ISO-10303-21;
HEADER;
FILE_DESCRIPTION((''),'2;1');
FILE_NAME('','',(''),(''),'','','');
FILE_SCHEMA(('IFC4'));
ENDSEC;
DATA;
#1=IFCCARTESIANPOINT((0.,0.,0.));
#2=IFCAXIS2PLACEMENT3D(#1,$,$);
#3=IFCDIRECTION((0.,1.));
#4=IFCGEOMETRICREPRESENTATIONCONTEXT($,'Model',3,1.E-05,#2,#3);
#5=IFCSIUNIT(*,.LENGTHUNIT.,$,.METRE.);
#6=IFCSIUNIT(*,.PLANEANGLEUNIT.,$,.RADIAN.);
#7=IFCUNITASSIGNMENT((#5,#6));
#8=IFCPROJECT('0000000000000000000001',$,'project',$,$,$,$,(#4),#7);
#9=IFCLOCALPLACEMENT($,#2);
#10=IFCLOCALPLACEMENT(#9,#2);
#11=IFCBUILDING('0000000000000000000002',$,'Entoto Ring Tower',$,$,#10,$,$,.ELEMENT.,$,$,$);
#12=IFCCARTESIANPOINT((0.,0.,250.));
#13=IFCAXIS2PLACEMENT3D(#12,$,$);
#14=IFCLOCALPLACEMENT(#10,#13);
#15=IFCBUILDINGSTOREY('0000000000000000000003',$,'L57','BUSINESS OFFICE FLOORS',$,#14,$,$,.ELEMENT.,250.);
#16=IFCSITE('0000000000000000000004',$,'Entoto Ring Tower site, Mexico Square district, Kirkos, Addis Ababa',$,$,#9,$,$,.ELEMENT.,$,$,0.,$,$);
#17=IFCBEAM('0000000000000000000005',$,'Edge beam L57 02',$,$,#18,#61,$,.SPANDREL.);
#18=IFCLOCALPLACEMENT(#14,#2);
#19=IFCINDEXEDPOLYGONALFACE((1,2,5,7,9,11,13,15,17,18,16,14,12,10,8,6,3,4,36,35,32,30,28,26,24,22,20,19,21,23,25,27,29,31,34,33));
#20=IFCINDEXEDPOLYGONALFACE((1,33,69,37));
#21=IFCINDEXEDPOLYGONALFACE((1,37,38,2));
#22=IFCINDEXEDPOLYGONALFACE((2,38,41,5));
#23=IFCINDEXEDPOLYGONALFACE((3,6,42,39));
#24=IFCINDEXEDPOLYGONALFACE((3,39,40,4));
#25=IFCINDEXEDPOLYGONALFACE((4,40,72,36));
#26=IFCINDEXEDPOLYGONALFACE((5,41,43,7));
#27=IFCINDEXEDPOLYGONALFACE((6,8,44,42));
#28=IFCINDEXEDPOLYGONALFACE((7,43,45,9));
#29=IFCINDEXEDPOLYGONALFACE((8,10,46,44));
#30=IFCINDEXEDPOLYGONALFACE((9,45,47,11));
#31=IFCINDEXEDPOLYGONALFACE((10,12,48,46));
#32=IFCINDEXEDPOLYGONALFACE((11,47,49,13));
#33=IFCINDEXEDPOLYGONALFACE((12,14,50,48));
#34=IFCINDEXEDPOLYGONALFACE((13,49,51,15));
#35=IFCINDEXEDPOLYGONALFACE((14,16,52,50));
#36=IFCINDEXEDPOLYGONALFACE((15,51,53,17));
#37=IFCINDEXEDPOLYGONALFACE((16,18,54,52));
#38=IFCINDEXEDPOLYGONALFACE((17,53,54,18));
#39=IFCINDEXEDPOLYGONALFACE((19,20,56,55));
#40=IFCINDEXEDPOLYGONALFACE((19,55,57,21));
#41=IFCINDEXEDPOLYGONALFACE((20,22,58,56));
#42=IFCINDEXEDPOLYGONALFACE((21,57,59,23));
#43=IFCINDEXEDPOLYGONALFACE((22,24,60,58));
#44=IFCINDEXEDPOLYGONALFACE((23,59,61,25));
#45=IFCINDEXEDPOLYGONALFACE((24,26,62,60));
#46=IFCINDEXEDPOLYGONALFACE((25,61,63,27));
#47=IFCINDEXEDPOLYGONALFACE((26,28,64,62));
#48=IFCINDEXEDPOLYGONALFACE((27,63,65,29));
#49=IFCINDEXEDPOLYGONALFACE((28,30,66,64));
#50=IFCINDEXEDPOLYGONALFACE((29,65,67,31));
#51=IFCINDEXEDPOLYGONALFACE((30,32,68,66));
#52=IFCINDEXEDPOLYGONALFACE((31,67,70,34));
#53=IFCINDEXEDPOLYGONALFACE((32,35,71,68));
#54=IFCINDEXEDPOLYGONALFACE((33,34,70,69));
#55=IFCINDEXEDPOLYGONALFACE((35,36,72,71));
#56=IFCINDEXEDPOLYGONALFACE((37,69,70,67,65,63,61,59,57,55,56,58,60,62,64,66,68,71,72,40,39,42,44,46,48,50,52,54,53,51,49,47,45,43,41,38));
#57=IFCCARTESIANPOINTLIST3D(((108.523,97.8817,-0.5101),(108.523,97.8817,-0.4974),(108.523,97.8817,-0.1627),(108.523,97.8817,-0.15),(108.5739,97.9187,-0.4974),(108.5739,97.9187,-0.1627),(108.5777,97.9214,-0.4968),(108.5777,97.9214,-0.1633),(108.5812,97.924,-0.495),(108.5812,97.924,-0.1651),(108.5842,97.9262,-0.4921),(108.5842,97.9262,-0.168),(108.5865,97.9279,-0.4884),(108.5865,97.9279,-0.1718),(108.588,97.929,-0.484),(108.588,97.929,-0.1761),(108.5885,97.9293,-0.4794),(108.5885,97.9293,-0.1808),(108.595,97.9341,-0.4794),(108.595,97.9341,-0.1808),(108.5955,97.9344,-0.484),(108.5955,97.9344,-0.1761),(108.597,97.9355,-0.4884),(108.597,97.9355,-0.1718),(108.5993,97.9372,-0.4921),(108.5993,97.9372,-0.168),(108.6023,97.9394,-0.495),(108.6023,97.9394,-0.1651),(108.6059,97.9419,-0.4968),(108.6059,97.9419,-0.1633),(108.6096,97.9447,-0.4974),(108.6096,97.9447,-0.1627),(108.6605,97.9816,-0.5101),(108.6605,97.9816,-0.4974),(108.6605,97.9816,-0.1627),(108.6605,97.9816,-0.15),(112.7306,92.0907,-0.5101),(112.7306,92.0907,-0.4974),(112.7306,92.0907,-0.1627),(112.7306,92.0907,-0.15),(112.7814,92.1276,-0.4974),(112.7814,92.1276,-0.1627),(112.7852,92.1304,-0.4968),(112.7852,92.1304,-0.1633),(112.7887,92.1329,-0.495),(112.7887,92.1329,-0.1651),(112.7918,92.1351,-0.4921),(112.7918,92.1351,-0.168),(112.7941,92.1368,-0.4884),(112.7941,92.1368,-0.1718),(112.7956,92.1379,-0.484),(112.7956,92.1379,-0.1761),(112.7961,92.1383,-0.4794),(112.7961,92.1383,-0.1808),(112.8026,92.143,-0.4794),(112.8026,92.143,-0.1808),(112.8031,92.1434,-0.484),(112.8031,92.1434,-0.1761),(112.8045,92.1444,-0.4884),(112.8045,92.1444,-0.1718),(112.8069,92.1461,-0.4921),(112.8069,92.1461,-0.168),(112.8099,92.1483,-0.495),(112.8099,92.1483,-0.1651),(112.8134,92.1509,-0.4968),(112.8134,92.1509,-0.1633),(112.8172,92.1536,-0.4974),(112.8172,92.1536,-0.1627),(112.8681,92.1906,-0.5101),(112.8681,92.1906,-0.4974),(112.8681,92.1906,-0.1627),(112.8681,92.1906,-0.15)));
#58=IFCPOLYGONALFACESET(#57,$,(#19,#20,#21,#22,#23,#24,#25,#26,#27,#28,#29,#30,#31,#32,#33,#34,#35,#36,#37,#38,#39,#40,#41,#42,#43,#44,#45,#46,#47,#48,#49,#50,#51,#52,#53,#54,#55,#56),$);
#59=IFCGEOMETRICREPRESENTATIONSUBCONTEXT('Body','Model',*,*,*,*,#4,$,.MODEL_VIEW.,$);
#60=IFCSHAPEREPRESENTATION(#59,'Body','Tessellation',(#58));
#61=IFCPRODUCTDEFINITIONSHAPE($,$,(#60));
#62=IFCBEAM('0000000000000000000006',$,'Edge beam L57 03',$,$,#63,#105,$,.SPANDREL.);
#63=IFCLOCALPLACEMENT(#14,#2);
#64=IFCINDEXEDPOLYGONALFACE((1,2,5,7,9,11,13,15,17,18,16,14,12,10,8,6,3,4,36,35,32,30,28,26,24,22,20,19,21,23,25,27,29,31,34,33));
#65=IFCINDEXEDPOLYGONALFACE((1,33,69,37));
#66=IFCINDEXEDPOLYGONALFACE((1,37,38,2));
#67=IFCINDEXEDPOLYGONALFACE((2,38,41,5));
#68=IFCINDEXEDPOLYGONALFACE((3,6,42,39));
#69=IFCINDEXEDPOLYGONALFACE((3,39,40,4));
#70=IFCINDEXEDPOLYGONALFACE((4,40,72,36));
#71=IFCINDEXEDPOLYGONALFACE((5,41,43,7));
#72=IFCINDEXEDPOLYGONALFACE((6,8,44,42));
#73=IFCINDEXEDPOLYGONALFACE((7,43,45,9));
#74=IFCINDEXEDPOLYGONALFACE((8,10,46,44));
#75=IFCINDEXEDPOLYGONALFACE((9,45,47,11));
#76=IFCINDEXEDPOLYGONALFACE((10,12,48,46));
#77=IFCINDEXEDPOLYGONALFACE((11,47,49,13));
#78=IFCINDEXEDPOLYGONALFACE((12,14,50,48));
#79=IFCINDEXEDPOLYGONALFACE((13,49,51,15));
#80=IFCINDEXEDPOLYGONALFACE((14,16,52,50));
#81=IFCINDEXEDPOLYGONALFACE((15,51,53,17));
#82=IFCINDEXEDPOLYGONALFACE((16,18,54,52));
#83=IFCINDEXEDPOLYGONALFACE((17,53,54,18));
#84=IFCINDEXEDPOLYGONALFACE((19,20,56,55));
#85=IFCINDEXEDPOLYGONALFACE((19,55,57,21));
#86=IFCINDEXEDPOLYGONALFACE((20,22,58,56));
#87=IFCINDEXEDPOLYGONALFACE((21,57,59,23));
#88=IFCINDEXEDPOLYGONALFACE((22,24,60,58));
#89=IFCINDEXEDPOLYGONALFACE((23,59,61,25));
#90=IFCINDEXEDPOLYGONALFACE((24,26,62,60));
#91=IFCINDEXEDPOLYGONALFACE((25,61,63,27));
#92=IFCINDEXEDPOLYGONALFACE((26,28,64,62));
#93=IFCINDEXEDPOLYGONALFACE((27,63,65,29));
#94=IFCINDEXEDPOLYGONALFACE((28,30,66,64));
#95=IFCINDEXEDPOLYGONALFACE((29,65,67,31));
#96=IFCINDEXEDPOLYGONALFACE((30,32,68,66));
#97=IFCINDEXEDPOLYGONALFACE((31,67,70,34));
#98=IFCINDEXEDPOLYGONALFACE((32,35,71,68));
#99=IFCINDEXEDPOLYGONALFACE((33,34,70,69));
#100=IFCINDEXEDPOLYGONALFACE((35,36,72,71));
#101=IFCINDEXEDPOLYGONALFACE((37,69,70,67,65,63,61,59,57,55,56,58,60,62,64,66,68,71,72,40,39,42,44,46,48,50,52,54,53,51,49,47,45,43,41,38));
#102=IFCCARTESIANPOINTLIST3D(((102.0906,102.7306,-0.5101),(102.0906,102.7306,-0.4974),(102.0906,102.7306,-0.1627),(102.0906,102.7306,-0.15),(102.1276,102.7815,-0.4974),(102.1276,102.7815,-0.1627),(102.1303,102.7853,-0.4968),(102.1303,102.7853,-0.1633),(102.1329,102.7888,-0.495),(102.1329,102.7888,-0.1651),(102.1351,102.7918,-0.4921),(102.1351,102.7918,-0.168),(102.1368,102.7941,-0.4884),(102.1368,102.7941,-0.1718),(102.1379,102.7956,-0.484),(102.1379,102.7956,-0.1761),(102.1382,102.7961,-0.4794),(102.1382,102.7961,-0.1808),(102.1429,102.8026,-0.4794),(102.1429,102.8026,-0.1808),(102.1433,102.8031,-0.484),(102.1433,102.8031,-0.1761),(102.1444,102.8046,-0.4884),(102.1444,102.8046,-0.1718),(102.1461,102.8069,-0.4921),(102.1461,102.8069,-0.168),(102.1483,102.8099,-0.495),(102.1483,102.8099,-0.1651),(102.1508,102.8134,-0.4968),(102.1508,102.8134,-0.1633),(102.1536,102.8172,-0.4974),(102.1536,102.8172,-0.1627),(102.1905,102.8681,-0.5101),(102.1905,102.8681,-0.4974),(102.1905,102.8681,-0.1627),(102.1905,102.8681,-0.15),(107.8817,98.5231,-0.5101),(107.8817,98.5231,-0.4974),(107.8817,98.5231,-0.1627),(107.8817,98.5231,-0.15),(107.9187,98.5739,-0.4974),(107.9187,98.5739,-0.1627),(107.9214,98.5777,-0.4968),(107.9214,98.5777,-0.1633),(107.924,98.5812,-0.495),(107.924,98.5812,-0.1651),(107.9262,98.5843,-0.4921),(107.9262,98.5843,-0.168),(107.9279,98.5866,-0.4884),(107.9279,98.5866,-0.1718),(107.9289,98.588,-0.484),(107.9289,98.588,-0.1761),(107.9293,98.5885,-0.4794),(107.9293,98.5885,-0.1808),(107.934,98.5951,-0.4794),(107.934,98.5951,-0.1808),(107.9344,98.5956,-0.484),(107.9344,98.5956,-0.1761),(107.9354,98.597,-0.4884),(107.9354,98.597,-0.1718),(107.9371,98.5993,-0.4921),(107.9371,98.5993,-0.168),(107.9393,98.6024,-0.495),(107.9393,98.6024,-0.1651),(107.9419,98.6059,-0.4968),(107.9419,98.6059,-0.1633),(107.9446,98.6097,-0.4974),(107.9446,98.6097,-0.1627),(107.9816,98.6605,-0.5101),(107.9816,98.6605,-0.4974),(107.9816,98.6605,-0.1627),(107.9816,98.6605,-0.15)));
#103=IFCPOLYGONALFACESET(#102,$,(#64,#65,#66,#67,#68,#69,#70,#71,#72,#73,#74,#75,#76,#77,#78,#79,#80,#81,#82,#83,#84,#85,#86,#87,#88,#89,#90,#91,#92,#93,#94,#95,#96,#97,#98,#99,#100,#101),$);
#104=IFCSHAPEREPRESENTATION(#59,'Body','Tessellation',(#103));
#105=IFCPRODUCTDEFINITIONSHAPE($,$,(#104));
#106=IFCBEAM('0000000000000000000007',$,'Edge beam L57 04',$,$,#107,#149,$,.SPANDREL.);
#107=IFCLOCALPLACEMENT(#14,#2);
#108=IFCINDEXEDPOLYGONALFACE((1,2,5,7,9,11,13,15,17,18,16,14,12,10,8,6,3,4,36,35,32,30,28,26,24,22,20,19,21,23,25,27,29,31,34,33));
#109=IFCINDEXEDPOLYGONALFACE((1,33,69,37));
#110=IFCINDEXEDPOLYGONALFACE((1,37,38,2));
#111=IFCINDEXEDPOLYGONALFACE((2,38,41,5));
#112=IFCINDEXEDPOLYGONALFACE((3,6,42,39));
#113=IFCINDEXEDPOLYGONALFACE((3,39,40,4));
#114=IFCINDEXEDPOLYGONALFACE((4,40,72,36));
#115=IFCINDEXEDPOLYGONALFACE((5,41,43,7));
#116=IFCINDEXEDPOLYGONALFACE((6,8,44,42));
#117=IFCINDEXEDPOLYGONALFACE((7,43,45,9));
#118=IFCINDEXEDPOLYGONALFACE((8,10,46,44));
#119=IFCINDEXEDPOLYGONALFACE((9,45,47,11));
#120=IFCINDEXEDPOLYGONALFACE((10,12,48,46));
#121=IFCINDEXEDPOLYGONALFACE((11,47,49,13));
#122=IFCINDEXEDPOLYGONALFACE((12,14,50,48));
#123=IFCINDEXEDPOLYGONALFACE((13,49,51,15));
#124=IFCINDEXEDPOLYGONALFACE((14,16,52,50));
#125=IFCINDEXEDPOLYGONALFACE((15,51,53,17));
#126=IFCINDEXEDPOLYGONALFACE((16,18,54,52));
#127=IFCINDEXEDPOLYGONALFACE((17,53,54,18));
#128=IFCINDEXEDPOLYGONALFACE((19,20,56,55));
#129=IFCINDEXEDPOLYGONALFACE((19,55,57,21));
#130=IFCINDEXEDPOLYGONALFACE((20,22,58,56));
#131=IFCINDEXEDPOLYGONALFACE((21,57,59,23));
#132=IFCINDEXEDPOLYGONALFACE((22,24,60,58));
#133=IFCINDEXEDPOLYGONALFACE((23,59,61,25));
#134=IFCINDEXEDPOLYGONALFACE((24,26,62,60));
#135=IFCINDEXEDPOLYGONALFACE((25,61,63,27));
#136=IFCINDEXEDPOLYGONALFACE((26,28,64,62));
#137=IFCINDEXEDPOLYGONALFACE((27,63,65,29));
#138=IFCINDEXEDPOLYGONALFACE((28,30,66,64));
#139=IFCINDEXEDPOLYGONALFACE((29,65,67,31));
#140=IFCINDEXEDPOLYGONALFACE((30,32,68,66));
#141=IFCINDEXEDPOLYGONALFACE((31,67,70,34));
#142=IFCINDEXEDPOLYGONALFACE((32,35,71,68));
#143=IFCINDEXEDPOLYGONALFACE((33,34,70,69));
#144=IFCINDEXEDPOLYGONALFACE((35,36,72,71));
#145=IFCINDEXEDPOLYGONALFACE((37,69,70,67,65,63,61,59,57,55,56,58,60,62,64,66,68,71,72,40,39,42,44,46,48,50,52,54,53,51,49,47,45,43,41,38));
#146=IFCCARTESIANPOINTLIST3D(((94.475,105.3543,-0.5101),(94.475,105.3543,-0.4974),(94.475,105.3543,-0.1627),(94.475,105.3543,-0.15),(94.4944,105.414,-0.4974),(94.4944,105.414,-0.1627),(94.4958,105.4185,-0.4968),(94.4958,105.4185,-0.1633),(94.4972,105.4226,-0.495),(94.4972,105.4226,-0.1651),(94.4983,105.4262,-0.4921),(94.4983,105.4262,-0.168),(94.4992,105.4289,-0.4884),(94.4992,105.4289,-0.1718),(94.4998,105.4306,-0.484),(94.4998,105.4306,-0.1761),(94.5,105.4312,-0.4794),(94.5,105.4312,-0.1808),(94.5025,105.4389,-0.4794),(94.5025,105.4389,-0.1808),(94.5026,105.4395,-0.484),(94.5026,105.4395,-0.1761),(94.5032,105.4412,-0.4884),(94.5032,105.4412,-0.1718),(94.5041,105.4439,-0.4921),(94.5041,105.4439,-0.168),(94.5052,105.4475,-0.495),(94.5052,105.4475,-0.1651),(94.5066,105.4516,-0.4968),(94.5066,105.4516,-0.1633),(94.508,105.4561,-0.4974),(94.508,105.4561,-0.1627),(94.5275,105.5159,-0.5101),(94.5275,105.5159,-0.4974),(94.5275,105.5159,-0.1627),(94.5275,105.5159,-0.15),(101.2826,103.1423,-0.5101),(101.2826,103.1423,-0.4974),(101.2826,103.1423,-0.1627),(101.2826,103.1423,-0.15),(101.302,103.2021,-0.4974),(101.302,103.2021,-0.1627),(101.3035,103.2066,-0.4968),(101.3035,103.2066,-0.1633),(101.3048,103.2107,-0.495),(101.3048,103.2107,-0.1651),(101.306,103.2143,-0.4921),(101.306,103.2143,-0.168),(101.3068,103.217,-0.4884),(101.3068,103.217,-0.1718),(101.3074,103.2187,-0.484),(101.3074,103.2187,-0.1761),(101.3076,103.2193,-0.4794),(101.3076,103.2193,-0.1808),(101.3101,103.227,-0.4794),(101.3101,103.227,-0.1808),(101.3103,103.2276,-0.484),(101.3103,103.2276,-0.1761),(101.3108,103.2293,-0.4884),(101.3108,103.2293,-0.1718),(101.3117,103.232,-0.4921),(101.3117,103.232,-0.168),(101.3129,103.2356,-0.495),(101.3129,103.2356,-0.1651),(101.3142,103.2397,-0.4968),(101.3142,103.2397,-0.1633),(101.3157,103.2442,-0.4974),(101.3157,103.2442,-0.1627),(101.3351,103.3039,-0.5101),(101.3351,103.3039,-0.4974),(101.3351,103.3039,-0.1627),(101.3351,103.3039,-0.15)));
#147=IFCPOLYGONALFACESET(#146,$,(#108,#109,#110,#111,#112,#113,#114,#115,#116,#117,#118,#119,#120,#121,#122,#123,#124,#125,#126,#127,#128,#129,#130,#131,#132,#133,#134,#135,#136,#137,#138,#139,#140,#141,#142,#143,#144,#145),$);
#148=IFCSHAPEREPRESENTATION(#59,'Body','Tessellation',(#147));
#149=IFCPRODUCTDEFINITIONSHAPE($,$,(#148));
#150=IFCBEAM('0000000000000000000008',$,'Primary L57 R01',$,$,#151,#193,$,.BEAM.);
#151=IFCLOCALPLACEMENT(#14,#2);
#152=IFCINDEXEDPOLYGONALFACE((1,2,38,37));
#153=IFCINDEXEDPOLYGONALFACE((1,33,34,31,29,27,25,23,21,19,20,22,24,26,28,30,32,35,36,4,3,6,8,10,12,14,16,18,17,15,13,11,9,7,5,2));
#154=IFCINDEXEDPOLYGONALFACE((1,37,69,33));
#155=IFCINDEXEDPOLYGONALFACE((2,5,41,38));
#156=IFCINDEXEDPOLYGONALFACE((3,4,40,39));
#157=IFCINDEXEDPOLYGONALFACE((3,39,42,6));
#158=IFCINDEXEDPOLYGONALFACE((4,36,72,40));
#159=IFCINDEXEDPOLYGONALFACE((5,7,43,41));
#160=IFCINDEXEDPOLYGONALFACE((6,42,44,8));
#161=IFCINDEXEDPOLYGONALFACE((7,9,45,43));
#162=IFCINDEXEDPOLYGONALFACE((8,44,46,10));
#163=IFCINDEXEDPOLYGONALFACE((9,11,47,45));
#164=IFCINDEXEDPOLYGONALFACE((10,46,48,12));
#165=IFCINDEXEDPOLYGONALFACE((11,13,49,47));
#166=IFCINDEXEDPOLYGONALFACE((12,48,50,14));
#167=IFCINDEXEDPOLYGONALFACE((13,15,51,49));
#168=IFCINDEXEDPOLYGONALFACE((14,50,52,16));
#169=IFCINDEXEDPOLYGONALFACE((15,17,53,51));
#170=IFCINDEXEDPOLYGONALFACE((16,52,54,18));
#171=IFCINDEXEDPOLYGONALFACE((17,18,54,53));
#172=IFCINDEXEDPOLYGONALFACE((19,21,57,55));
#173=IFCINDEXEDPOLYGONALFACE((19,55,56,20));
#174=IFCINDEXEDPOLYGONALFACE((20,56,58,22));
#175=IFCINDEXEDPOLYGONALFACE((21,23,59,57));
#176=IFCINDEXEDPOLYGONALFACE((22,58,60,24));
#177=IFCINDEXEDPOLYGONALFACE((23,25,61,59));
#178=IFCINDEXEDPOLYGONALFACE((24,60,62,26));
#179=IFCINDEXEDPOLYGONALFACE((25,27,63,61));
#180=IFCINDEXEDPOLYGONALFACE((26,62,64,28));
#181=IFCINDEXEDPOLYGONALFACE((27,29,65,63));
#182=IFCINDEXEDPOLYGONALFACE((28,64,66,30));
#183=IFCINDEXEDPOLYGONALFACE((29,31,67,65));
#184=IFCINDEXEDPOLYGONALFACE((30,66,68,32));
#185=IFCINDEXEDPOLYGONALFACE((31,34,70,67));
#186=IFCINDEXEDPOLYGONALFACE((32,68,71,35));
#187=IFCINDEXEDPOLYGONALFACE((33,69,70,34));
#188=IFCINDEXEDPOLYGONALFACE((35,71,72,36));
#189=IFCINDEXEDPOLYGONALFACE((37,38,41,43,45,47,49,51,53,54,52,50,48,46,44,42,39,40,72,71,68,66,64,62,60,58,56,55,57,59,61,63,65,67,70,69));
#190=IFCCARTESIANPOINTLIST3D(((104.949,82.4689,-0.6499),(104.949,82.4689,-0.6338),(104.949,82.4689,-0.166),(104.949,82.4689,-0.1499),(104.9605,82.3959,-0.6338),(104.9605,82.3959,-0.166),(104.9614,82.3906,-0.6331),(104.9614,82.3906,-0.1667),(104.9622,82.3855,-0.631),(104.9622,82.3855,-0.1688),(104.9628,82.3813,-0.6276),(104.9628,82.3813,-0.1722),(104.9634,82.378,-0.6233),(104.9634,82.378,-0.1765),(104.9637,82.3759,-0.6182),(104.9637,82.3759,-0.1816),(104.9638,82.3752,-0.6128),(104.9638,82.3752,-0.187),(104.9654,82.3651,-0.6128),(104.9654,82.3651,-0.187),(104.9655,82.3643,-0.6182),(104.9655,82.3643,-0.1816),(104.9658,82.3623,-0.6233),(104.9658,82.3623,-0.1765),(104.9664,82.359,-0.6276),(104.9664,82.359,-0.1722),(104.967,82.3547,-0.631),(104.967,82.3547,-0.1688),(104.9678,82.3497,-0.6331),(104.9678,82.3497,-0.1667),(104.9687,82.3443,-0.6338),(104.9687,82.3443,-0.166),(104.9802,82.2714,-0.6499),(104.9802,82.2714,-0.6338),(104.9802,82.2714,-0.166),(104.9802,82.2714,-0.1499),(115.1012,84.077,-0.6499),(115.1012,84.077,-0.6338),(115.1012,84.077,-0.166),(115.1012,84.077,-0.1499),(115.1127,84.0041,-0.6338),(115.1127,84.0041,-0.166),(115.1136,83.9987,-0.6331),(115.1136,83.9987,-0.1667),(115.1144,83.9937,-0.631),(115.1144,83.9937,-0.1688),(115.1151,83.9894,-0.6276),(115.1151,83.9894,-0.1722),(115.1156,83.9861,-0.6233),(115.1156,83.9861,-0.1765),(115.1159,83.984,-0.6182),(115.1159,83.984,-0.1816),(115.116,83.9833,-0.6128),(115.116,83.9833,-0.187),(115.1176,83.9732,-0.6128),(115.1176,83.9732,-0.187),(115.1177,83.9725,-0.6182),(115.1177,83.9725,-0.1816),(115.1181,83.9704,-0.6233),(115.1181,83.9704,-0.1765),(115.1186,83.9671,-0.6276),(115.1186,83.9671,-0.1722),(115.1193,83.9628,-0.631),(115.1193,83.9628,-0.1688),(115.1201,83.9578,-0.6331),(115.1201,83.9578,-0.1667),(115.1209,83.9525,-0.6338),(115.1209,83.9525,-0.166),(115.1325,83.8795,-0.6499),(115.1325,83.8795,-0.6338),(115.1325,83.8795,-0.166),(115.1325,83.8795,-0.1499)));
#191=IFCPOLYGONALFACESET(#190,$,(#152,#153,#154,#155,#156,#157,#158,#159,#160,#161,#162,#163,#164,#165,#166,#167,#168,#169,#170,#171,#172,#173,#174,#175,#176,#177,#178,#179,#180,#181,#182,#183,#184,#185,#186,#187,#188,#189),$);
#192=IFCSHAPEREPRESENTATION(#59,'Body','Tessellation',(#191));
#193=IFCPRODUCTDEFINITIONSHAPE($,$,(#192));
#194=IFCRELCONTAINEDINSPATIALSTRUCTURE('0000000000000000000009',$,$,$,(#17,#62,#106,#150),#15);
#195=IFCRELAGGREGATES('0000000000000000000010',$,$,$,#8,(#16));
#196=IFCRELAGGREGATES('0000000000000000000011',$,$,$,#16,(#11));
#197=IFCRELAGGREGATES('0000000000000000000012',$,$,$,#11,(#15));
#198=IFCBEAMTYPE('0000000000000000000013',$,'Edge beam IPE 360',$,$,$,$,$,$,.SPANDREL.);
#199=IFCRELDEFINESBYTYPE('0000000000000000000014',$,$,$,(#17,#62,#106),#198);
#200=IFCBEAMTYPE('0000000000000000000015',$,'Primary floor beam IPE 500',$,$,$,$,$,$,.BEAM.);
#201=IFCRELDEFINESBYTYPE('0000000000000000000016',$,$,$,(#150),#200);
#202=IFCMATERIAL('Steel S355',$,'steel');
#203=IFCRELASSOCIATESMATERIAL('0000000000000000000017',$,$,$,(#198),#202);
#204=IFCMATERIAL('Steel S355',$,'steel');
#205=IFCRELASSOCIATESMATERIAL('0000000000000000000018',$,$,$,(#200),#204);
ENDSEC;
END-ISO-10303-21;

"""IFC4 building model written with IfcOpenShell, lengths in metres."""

from ifc_helpers import new_model, si_unit, direction, frame, origin, origin_2d, place, context, subcontext, project, spatial, i_section, extrude, material, material_profile, profile_set, type_object, element, save


model = new_model("IFC4")

# Units and contexts
model_context = context("Model", 3, precision=1e-05, world=origin(), true_north=direction((0.0, 1.0)))
body_context = subcontext(model_context, "Body", "Model", "MODEL_VIEW")
ifc_project = project(units=[si_unit("LENGTHUNIT", "METRE"), si_unit("PLANEANGLEUNIT", "RADIAN")], contexts=[model_context])

# Site, building, storey
site_placement = place(None, origin())
site = spatial("IfcSite", under=ifc_project, at=site_placement, Name="Entoto Ring Tower site, Mexico Square district, Kirkos, Addis Ababa", CompositionType="ELEMENT", RefElevation=0.0)
building_placement = place(site_placement, origin())
building = spatial("IfcBuilding", under=site, at=building_placement, Name="Entoto Ring Tower", CompositionType="ELEMENT")
storey_placement = place(building_placement, frame((0.0, 0.0, 250.0)))
storey = spatial("IfcBuildingStorey", under=building, at=storey_placement, Name="L57", Description="BUSINESS OFFICE FLOORS", CompositionType="ELEMENT", Elevation=250.0)

# Beams
ifc_material_1 = material(Name="Steel S355", Category="steel")
ifc_material_profile_1 = material_profile(ifc_material_1, i_section(OverallWidth=0.1699, OverallDepth=0.3601, WebThickness=0.0081, FlangeThickness=0.0127, FilletRadius=0.0181, at=origin_2d()), Name="IPE 360")
ifc_profile_set_1 = profile_set([ifc_material_profile_1], Name="Steel S355")
beam_type_1 = type_object("IfcBeamType", Name="Edge beam IPE 360", PredefinedType="SPANDREL", material=ifc_profile_set_1)
for number, where, z_axis, x_axis, name in (
    (1, (112.7993, 92.1406, -0.3301), (-0.587794, 0.80901, 0.0), (-0.80901, -0.587794, 0.0), "Edge beam L57 02"),
    (2, (107.9316, 98.5918, -0.3301), (-0.80901, 0.587794, 0.0), (-0.587794, -0.80901, 0.0), "Edge beam L57 03"),
):
    element("IfcBeam", number, at=place(storey_placement, frame(where, z_axis=z_axis, x_axis=x_axis)), inside=storey, type_object=beam_type_1, Name=name, PredefinedType="SPANDREL", context=body_context, shape_type="SweptSolid", body=[
        extrude(i_section(OverallWidth=0.1699, OverallDepth=0.3601, WebThickness=0.0081, FlangeThickness=0.0127, FilletRadius=0.0181, at=origin_2d()), origin(), (0.0, 0.0, 1.0), 7.1582),
    ])
beam_1_placement = place(storey_placement, frame((101.3088, 103.2231, -0.3301), z_axis=(-0.951057, 0.309015, 0.0), x_axis=(-0.309015, -0.951057, 0.0)))
element("IfcBeam", 3, at=beam_1_placement, inside=storey, type_object=beam_type_1, Name="Edge beam L57 04", PredefinedType="SPANDREL", context=body_context, shape_type="SweptSolid", body=[
    extrude(i_section(OverallWidth=0.1699, OverallDepth=0.3601, WebThickness=0.0081, FlangeThickness=0.0127, FilletRadius=0.0181, at=origin_2d()), origin(), (0.0, 0.0, 1.0), 7.158),
])
ifc_material_2 = material(Name="Steel S355", Category="steel")
ifc_material_profile_2 = material_profile(ifc_material_2, i_section(OverallWidth=0.2, OverallDepth=0.5, WebThickness=0.0103, FlangeThickness=0.0161, FilletRadius=0.021, at=origin_2d()), Name="IPE 500")
ifc_profile_set_2 = profile_set([ifc_material_profile_2], Name="Steel S355")
beam_type_2 = type_object("IfcBeamType", Name="Primary floor beam IPE 500", PredefinedType="BEAM", material=ifc_profile_set_2)
beam_2_placement = place(storey_placement, frame((104.9646, 82.3701, -0.3999), z_axis=(0.987686, 0.156452, 0.0), x_axis=(-0.156452, 0.987686, 0.0)))
element("IfcBeam", 4, at=beam_2_placement, inside=storey, type_object=beam_type_2, Name="Primary L57 R01", PredefinedType="BEAM", context=body_context, shape_type="SweptSolid", body=[
    extrude(i_section(OverallWidth=0.2, OverallDepth=0.5, WebThickness=0.0103, FlangeThickness=0.0161, FilletRadius=0.021, at=origin_2d()), origin(), (0.0, 0.0, 1.0), 10.2788),
])

save(model, "model.ifc")
